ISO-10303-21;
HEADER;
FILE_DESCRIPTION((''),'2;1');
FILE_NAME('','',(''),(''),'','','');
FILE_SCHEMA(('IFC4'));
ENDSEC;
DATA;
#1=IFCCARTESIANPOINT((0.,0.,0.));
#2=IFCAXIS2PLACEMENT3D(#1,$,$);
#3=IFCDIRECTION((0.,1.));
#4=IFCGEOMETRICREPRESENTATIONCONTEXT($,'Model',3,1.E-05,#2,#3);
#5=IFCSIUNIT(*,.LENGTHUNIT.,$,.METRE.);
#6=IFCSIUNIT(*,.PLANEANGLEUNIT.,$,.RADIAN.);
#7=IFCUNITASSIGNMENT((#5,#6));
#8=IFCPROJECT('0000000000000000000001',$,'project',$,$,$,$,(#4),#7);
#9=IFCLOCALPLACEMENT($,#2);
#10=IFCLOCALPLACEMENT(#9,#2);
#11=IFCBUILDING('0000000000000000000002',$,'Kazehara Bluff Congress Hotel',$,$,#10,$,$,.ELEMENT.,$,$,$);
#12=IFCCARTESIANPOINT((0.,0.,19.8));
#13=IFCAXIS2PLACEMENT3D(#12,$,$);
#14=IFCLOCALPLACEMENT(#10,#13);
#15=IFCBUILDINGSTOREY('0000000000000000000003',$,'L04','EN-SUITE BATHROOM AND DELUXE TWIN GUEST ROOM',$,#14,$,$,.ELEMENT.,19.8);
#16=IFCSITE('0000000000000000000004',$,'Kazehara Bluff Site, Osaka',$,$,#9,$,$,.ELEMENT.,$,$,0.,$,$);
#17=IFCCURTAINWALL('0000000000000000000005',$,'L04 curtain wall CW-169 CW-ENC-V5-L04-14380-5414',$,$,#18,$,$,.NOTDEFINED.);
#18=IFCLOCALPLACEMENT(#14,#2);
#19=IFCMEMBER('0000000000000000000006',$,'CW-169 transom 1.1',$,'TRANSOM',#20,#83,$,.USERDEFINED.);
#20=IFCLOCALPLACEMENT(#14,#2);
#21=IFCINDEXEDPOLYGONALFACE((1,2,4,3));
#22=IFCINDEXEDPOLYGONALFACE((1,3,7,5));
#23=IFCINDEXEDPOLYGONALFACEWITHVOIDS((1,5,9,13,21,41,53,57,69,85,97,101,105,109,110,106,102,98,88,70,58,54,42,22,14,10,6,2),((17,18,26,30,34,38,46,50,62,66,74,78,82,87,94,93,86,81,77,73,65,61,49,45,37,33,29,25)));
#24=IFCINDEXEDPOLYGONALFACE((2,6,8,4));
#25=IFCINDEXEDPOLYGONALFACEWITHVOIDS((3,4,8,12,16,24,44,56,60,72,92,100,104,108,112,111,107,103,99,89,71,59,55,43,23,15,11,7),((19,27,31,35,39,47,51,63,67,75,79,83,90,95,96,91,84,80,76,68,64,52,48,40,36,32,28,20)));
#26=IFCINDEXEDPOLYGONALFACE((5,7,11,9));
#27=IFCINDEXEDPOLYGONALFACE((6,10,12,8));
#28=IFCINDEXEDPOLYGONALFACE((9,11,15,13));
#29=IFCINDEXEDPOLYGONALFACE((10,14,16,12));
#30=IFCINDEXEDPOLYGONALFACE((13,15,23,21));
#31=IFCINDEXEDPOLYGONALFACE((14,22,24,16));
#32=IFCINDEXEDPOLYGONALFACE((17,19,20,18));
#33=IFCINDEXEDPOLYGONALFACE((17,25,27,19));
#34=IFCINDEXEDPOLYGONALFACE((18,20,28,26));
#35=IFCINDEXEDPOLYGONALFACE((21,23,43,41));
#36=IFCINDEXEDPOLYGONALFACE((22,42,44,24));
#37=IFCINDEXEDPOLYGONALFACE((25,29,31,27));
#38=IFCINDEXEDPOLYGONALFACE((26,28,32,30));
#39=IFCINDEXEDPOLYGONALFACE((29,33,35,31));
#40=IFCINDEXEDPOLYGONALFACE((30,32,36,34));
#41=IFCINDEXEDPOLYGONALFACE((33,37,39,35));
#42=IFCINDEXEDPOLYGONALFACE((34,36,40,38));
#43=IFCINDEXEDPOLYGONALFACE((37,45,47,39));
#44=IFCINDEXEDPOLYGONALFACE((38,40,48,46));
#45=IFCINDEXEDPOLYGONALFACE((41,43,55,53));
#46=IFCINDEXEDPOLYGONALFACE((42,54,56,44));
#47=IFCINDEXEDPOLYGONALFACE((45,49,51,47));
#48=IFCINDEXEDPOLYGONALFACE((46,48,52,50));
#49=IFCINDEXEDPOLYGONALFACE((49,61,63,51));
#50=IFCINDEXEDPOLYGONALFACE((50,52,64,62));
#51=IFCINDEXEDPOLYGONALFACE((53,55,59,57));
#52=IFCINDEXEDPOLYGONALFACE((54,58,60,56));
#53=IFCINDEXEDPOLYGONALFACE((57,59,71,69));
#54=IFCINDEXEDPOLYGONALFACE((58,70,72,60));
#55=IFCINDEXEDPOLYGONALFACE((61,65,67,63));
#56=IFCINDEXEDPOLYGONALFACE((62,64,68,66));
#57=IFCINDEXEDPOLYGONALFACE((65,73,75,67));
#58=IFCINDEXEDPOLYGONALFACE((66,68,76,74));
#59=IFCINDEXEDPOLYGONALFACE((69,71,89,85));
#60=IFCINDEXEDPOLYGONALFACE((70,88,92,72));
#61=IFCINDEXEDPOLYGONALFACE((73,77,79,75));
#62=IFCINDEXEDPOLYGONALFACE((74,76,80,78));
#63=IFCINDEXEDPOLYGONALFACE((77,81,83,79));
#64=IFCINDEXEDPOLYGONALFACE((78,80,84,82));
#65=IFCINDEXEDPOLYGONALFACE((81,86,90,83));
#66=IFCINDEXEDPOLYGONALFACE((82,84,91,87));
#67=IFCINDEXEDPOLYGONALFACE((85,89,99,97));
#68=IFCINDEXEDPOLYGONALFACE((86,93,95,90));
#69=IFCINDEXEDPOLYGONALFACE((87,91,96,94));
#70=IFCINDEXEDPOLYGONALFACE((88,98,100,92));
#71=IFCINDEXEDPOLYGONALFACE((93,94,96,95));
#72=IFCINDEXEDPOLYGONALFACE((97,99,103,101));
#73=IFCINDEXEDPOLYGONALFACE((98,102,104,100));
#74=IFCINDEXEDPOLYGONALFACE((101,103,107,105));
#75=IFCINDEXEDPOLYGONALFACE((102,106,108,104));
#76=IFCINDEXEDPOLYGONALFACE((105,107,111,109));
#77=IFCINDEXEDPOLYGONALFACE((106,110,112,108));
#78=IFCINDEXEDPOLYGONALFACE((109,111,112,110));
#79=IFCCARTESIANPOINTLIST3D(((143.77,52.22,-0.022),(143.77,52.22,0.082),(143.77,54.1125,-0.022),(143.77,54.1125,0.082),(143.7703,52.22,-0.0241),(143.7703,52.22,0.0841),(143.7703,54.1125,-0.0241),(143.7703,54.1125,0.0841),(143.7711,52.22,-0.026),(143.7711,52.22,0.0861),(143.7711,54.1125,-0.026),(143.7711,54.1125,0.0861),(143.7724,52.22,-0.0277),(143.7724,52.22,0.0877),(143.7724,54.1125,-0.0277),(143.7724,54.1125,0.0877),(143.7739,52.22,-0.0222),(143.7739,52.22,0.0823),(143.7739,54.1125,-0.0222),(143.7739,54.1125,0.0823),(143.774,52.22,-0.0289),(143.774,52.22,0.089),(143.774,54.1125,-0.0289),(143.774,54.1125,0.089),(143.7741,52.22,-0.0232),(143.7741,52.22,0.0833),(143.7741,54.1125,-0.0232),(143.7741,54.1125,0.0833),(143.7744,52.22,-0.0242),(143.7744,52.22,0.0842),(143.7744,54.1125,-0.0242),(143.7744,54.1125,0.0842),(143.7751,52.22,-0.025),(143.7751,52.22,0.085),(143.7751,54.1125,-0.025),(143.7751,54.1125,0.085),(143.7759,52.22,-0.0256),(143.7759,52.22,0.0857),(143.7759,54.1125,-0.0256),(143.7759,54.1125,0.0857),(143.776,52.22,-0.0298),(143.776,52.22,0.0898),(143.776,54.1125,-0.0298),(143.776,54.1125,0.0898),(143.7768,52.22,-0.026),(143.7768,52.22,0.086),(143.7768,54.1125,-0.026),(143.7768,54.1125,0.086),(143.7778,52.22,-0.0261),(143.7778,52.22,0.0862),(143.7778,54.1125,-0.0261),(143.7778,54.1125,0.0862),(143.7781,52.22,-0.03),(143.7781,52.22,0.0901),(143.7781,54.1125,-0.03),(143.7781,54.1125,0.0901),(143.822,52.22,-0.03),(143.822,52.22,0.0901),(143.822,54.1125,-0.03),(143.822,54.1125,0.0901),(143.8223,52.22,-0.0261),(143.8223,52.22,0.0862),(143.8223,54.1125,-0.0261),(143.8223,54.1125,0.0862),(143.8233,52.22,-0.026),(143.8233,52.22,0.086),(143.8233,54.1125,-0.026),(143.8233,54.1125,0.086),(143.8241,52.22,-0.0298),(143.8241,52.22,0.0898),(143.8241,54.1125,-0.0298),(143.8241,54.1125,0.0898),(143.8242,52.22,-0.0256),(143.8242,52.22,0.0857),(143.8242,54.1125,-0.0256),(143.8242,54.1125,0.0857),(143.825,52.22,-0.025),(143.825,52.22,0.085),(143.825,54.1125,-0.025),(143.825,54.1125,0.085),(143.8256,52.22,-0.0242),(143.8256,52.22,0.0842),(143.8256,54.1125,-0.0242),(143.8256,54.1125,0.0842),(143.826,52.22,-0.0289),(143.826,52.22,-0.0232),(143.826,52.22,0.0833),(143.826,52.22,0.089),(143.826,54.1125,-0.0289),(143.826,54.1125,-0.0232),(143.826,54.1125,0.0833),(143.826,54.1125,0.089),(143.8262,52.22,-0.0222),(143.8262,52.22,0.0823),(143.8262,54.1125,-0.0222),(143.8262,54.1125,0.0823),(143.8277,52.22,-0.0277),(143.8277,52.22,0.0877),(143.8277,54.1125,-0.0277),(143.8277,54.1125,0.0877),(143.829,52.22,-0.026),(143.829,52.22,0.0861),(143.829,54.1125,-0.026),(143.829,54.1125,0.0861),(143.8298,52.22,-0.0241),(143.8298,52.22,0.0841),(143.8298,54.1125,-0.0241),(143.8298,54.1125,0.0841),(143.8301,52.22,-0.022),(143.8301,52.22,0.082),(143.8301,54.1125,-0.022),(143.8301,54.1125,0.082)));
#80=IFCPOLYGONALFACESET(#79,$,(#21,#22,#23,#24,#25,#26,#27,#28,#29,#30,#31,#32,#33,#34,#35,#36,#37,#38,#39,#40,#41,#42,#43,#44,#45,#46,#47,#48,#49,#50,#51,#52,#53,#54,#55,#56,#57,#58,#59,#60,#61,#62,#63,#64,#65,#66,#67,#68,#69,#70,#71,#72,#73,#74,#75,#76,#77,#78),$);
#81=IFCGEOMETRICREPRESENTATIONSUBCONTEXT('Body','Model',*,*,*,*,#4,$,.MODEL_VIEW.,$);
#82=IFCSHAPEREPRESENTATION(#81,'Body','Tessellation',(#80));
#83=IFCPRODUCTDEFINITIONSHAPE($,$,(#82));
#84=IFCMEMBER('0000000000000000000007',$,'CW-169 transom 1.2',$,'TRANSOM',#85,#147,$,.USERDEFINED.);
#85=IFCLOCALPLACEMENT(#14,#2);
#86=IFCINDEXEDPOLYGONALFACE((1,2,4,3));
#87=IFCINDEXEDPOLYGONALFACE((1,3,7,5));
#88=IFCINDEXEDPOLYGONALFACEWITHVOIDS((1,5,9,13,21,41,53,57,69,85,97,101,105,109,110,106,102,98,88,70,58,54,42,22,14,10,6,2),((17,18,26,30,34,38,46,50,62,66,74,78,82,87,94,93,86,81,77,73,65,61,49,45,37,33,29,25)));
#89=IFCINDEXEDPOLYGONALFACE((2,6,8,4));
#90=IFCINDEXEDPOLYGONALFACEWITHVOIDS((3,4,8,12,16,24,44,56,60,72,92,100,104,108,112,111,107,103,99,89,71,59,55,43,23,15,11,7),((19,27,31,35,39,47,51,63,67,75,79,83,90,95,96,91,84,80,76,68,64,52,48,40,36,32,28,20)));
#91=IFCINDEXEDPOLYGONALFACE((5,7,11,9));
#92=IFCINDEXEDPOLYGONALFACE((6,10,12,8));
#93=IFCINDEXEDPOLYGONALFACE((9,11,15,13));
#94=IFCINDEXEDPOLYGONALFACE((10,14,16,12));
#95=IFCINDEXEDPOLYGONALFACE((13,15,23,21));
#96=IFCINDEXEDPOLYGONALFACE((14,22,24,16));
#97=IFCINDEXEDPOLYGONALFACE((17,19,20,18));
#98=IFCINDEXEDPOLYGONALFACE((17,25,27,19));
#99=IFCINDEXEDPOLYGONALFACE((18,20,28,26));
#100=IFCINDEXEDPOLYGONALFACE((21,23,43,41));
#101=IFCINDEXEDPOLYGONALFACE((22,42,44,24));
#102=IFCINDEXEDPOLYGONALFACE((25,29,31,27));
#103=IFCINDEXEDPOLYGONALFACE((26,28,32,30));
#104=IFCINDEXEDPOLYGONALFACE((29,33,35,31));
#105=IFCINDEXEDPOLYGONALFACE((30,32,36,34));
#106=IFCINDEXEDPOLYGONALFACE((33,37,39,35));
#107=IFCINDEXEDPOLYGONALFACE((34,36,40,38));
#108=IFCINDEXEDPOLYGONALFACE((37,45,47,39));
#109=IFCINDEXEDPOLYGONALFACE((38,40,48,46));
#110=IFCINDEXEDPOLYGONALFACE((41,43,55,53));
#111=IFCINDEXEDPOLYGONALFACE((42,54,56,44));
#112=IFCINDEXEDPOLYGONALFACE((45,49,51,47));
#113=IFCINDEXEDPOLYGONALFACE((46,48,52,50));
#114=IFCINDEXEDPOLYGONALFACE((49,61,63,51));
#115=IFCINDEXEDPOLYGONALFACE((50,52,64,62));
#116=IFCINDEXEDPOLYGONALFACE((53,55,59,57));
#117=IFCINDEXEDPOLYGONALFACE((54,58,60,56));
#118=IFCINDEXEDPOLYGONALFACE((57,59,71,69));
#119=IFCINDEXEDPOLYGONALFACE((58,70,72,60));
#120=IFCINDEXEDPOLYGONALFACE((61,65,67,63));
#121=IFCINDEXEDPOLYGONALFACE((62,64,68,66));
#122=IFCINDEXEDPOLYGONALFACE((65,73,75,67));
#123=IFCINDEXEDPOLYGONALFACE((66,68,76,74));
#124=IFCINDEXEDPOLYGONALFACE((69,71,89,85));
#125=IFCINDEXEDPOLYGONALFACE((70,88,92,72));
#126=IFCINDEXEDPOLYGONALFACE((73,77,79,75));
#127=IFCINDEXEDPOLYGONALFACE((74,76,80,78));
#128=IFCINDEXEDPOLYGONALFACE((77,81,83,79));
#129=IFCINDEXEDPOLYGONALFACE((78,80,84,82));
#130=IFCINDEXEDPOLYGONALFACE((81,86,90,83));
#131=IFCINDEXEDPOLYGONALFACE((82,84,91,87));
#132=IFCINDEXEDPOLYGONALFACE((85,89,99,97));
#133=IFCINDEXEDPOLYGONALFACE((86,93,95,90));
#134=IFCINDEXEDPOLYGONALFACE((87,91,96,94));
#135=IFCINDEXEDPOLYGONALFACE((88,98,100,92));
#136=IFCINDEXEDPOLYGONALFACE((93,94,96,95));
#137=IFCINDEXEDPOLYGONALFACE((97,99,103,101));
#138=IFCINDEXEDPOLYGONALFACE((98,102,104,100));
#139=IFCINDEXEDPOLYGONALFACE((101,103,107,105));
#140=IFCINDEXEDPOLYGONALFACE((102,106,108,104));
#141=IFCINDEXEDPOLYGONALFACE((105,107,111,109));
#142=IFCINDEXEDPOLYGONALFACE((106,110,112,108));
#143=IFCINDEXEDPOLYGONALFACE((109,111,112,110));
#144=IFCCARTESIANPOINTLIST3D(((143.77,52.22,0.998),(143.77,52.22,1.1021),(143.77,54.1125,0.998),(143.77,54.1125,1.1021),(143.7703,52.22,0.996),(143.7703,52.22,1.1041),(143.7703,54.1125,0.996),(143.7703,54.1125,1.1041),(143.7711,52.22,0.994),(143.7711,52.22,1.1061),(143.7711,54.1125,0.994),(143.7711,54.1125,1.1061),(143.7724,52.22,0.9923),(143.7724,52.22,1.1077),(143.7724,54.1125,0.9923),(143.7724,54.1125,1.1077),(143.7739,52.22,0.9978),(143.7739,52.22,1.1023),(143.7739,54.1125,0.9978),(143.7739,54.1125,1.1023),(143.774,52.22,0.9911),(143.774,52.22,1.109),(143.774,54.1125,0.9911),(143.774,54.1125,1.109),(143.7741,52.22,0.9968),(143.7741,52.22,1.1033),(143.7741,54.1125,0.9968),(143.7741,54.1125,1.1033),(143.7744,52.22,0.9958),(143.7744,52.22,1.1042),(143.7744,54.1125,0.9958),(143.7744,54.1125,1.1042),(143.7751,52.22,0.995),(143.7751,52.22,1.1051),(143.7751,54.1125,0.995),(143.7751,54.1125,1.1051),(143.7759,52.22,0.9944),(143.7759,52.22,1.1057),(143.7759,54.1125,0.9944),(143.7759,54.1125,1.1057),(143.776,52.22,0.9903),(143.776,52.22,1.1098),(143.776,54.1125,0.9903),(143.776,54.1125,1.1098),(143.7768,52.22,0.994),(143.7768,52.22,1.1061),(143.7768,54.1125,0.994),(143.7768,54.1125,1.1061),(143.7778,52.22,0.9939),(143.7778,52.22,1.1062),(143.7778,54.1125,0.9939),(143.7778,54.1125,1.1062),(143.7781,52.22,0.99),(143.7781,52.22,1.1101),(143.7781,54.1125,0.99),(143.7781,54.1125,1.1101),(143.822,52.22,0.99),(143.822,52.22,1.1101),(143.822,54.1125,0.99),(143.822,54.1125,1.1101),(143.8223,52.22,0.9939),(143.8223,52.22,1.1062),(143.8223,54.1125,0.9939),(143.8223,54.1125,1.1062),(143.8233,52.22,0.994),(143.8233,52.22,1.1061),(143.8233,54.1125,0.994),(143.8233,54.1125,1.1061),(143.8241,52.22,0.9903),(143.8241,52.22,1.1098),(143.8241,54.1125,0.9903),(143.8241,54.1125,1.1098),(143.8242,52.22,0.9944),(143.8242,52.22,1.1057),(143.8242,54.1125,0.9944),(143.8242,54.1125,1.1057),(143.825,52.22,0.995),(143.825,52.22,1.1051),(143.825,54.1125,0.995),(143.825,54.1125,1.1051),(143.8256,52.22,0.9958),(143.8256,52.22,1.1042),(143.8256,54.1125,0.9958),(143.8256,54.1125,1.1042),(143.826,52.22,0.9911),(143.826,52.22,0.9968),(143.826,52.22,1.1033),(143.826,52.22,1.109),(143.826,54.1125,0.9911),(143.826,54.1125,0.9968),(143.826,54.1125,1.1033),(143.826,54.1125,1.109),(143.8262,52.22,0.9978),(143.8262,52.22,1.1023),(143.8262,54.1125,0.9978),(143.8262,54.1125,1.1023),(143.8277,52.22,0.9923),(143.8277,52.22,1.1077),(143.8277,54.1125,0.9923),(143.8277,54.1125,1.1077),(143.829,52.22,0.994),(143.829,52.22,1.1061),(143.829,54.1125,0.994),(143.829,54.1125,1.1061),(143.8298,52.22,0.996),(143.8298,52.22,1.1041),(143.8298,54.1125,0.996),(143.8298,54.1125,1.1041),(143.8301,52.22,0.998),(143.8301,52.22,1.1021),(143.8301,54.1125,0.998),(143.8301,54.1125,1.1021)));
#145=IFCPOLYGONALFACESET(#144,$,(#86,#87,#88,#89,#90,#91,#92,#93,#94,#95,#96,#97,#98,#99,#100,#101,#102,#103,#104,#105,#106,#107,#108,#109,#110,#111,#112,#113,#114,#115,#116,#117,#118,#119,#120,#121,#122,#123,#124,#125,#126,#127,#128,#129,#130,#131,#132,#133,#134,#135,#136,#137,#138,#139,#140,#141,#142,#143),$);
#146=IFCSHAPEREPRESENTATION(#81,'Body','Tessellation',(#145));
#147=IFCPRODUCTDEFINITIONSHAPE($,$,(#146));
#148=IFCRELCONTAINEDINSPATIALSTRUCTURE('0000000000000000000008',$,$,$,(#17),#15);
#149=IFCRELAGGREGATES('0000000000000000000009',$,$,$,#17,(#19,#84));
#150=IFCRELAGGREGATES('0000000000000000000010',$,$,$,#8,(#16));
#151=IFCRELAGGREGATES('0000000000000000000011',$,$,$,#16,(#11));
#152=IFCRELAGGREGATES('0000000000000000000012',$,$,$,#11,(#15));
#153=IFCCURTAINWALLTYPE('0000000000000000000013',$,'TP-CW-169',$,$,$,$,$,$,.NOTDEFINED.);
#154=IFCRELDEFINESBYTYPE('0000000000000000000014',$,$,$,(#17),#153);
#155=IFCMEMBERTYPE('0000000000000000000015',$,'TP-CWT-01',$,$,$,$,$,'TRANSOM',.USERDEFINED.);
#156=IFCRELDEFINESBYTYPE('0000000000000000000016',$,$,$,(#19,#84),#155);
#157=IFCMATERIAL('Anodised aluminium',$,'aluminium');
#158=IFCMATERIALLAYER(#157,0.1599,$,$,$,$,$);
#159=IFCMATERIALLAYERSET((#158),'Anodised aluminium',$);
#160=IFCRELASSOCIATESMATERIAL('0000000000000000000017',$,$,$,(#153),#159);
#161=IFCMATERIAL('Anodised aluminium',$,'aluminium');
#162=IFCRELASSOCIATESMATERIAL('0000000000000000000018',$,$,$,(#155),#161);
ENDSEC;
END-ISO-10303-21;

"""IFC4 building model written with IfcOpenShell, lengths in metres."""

from ifc_helpers import new_model, si_unit, direction, frame, origin, origin_2d, place, context, subcontext, project, spatial, hollow_rectangle, extrude, material, layer, layer_set, material_profile, profile_set, type_object, element, aggregate, save


model = new_model("IFC4")

# Units and contexts
model_context = context("Model", 3, precision=1e-05, world=origin(), true_north=direction((0.0, 1.0)))
body_context = subcontext(model_context, "Body", "Model", "MODEL_VIEW")
ifc_project = project(units=[si_unit("LENGTHUNIT", "METRE"), si_unit("PLANEANGLEUNIT", "RADIAN")], contexts=[model_context])

# Site, building, storey
site_placement = place(None, origin())
site = spatial("IfcSite", under=ifc_project, at=site_placement, Name="Kazehara Bluff Site, Osaka", CompositionType="ELEMENT", RefElevation=0.0)
building_placement = place(site_placement, origin())
building = spatial("IfcBuilding", under=site, at=building_placement, Name="Kazehara Bluff Congress Hotel", CompositionType="ELEMENT")
storey_placement = place(building_placement, frame((0.0, 0.0, 19.8)))
storey = spatial("IfcBuildingStorey", under=building, at=storey_placement, Name="L04", Description="EN-SUITE BATHROOM AND DELUXE TWIN GUEST ROOM", CompositionType="ELEMENT", Elevation=19.8)

# Curtain wall
ifc_material_1 = material(Name="Anodised aluminium", Category="aluminium")
ifc_layer_1 = layer(ifc_material_1, 0.1599)
ifc_layer_set_1 = layer_set([ifc_layer_1], Name="Anodised aluminium")
curtain_wall_type_1 = type_object("IfcCurtainWallType", Name="TP-CW-169", PredefinedType="NOTDEFINED", material=ifc_layer_set_1)
curtain_wall_1_placement = place(storey_placement, origin())
curtain_wall_1 = element("IfcCurtainWall", 1, at=curtain_wall_1_placement, inside=storey, type_object=curtain_wall_type_1, Name="L04 curtain wall CW-169 CW-ENC-V5-L04-14380-5414", PredefinedType="NOTDEFINED")

# Members
ifc_material_2 = material(Name="Anodised aluminium", Category="aluminium")
ifc_material_profile_1 = material_profile(ifc_material_2, hollow_rectangle(XDim=0.0601, YDim=0.1201, WallThickness=0.0039, InnerFilletRadius=0.0039, OuterFilletRadius=0.0081, at=origin_2d()))
ifc_profile_set_1 = profile_set([ifc_material_profile_1], Name="Anodised aluminium")
member_type_1 = type_object("IfcMemberType", Name="TP-CWT-01", ElementType="TRANSOM", PredefinedType="USERDEFINED", material=ifc_profile_set_1)
member_1_placement = place(storey_placement, frame((143.8, 52.22, 0.03), z_axis=(0.0, 1.0, 0.0), x_axis=(-1.0, 0.0, 0.0)))
member_1 = element("IfcMember", 2, at=member_1_placement, type_object=member_type_1, Name="CW-169 transom 1.1", ObjectType="TRANSOM", PredefinedType="USERDEFINED", context=body_context, shape_type="SweptSolid", body=[
    extrude(hollow_rectangle(XDim=0.0601, YDim=0.1201, WallThickness=0.0039, InnerFilletRadius=0.0039, OuterFilletRadius=0.0081, at=origin_2d()), origin(), (0.0, 0.0, 1.0), 1.8926),
])
member_2_placement = place(storey_placement, frame((143.8, 52.22, 1.05), z_axis=(0.0, 1.0, 0.0), x_axis=(-1.0, 0.0, 0.0)))
member_2 = element("IfcMember", 3, at=member_2_placement, type_object=member_type_1, Name="CW-169 transom 1.2", ObjectType="TRANSOM", PredefinedType="USERDEFINED", context=body_context, shape_type="SweptSolid", body=[
    extrude(hollow_rectangle(XDim=0.0601, YDim=0.1201, WallThickness=0.0039, InnerFilletRadius=0.0039, OuterFilletRadius=0.0081, at=origin_2d()), origin(), (0.0, 0.0, 1.0), 1.8926),
])

aggregate(curtain_wall_1, [member_1, member_2])

save(model, "model.ifc")
